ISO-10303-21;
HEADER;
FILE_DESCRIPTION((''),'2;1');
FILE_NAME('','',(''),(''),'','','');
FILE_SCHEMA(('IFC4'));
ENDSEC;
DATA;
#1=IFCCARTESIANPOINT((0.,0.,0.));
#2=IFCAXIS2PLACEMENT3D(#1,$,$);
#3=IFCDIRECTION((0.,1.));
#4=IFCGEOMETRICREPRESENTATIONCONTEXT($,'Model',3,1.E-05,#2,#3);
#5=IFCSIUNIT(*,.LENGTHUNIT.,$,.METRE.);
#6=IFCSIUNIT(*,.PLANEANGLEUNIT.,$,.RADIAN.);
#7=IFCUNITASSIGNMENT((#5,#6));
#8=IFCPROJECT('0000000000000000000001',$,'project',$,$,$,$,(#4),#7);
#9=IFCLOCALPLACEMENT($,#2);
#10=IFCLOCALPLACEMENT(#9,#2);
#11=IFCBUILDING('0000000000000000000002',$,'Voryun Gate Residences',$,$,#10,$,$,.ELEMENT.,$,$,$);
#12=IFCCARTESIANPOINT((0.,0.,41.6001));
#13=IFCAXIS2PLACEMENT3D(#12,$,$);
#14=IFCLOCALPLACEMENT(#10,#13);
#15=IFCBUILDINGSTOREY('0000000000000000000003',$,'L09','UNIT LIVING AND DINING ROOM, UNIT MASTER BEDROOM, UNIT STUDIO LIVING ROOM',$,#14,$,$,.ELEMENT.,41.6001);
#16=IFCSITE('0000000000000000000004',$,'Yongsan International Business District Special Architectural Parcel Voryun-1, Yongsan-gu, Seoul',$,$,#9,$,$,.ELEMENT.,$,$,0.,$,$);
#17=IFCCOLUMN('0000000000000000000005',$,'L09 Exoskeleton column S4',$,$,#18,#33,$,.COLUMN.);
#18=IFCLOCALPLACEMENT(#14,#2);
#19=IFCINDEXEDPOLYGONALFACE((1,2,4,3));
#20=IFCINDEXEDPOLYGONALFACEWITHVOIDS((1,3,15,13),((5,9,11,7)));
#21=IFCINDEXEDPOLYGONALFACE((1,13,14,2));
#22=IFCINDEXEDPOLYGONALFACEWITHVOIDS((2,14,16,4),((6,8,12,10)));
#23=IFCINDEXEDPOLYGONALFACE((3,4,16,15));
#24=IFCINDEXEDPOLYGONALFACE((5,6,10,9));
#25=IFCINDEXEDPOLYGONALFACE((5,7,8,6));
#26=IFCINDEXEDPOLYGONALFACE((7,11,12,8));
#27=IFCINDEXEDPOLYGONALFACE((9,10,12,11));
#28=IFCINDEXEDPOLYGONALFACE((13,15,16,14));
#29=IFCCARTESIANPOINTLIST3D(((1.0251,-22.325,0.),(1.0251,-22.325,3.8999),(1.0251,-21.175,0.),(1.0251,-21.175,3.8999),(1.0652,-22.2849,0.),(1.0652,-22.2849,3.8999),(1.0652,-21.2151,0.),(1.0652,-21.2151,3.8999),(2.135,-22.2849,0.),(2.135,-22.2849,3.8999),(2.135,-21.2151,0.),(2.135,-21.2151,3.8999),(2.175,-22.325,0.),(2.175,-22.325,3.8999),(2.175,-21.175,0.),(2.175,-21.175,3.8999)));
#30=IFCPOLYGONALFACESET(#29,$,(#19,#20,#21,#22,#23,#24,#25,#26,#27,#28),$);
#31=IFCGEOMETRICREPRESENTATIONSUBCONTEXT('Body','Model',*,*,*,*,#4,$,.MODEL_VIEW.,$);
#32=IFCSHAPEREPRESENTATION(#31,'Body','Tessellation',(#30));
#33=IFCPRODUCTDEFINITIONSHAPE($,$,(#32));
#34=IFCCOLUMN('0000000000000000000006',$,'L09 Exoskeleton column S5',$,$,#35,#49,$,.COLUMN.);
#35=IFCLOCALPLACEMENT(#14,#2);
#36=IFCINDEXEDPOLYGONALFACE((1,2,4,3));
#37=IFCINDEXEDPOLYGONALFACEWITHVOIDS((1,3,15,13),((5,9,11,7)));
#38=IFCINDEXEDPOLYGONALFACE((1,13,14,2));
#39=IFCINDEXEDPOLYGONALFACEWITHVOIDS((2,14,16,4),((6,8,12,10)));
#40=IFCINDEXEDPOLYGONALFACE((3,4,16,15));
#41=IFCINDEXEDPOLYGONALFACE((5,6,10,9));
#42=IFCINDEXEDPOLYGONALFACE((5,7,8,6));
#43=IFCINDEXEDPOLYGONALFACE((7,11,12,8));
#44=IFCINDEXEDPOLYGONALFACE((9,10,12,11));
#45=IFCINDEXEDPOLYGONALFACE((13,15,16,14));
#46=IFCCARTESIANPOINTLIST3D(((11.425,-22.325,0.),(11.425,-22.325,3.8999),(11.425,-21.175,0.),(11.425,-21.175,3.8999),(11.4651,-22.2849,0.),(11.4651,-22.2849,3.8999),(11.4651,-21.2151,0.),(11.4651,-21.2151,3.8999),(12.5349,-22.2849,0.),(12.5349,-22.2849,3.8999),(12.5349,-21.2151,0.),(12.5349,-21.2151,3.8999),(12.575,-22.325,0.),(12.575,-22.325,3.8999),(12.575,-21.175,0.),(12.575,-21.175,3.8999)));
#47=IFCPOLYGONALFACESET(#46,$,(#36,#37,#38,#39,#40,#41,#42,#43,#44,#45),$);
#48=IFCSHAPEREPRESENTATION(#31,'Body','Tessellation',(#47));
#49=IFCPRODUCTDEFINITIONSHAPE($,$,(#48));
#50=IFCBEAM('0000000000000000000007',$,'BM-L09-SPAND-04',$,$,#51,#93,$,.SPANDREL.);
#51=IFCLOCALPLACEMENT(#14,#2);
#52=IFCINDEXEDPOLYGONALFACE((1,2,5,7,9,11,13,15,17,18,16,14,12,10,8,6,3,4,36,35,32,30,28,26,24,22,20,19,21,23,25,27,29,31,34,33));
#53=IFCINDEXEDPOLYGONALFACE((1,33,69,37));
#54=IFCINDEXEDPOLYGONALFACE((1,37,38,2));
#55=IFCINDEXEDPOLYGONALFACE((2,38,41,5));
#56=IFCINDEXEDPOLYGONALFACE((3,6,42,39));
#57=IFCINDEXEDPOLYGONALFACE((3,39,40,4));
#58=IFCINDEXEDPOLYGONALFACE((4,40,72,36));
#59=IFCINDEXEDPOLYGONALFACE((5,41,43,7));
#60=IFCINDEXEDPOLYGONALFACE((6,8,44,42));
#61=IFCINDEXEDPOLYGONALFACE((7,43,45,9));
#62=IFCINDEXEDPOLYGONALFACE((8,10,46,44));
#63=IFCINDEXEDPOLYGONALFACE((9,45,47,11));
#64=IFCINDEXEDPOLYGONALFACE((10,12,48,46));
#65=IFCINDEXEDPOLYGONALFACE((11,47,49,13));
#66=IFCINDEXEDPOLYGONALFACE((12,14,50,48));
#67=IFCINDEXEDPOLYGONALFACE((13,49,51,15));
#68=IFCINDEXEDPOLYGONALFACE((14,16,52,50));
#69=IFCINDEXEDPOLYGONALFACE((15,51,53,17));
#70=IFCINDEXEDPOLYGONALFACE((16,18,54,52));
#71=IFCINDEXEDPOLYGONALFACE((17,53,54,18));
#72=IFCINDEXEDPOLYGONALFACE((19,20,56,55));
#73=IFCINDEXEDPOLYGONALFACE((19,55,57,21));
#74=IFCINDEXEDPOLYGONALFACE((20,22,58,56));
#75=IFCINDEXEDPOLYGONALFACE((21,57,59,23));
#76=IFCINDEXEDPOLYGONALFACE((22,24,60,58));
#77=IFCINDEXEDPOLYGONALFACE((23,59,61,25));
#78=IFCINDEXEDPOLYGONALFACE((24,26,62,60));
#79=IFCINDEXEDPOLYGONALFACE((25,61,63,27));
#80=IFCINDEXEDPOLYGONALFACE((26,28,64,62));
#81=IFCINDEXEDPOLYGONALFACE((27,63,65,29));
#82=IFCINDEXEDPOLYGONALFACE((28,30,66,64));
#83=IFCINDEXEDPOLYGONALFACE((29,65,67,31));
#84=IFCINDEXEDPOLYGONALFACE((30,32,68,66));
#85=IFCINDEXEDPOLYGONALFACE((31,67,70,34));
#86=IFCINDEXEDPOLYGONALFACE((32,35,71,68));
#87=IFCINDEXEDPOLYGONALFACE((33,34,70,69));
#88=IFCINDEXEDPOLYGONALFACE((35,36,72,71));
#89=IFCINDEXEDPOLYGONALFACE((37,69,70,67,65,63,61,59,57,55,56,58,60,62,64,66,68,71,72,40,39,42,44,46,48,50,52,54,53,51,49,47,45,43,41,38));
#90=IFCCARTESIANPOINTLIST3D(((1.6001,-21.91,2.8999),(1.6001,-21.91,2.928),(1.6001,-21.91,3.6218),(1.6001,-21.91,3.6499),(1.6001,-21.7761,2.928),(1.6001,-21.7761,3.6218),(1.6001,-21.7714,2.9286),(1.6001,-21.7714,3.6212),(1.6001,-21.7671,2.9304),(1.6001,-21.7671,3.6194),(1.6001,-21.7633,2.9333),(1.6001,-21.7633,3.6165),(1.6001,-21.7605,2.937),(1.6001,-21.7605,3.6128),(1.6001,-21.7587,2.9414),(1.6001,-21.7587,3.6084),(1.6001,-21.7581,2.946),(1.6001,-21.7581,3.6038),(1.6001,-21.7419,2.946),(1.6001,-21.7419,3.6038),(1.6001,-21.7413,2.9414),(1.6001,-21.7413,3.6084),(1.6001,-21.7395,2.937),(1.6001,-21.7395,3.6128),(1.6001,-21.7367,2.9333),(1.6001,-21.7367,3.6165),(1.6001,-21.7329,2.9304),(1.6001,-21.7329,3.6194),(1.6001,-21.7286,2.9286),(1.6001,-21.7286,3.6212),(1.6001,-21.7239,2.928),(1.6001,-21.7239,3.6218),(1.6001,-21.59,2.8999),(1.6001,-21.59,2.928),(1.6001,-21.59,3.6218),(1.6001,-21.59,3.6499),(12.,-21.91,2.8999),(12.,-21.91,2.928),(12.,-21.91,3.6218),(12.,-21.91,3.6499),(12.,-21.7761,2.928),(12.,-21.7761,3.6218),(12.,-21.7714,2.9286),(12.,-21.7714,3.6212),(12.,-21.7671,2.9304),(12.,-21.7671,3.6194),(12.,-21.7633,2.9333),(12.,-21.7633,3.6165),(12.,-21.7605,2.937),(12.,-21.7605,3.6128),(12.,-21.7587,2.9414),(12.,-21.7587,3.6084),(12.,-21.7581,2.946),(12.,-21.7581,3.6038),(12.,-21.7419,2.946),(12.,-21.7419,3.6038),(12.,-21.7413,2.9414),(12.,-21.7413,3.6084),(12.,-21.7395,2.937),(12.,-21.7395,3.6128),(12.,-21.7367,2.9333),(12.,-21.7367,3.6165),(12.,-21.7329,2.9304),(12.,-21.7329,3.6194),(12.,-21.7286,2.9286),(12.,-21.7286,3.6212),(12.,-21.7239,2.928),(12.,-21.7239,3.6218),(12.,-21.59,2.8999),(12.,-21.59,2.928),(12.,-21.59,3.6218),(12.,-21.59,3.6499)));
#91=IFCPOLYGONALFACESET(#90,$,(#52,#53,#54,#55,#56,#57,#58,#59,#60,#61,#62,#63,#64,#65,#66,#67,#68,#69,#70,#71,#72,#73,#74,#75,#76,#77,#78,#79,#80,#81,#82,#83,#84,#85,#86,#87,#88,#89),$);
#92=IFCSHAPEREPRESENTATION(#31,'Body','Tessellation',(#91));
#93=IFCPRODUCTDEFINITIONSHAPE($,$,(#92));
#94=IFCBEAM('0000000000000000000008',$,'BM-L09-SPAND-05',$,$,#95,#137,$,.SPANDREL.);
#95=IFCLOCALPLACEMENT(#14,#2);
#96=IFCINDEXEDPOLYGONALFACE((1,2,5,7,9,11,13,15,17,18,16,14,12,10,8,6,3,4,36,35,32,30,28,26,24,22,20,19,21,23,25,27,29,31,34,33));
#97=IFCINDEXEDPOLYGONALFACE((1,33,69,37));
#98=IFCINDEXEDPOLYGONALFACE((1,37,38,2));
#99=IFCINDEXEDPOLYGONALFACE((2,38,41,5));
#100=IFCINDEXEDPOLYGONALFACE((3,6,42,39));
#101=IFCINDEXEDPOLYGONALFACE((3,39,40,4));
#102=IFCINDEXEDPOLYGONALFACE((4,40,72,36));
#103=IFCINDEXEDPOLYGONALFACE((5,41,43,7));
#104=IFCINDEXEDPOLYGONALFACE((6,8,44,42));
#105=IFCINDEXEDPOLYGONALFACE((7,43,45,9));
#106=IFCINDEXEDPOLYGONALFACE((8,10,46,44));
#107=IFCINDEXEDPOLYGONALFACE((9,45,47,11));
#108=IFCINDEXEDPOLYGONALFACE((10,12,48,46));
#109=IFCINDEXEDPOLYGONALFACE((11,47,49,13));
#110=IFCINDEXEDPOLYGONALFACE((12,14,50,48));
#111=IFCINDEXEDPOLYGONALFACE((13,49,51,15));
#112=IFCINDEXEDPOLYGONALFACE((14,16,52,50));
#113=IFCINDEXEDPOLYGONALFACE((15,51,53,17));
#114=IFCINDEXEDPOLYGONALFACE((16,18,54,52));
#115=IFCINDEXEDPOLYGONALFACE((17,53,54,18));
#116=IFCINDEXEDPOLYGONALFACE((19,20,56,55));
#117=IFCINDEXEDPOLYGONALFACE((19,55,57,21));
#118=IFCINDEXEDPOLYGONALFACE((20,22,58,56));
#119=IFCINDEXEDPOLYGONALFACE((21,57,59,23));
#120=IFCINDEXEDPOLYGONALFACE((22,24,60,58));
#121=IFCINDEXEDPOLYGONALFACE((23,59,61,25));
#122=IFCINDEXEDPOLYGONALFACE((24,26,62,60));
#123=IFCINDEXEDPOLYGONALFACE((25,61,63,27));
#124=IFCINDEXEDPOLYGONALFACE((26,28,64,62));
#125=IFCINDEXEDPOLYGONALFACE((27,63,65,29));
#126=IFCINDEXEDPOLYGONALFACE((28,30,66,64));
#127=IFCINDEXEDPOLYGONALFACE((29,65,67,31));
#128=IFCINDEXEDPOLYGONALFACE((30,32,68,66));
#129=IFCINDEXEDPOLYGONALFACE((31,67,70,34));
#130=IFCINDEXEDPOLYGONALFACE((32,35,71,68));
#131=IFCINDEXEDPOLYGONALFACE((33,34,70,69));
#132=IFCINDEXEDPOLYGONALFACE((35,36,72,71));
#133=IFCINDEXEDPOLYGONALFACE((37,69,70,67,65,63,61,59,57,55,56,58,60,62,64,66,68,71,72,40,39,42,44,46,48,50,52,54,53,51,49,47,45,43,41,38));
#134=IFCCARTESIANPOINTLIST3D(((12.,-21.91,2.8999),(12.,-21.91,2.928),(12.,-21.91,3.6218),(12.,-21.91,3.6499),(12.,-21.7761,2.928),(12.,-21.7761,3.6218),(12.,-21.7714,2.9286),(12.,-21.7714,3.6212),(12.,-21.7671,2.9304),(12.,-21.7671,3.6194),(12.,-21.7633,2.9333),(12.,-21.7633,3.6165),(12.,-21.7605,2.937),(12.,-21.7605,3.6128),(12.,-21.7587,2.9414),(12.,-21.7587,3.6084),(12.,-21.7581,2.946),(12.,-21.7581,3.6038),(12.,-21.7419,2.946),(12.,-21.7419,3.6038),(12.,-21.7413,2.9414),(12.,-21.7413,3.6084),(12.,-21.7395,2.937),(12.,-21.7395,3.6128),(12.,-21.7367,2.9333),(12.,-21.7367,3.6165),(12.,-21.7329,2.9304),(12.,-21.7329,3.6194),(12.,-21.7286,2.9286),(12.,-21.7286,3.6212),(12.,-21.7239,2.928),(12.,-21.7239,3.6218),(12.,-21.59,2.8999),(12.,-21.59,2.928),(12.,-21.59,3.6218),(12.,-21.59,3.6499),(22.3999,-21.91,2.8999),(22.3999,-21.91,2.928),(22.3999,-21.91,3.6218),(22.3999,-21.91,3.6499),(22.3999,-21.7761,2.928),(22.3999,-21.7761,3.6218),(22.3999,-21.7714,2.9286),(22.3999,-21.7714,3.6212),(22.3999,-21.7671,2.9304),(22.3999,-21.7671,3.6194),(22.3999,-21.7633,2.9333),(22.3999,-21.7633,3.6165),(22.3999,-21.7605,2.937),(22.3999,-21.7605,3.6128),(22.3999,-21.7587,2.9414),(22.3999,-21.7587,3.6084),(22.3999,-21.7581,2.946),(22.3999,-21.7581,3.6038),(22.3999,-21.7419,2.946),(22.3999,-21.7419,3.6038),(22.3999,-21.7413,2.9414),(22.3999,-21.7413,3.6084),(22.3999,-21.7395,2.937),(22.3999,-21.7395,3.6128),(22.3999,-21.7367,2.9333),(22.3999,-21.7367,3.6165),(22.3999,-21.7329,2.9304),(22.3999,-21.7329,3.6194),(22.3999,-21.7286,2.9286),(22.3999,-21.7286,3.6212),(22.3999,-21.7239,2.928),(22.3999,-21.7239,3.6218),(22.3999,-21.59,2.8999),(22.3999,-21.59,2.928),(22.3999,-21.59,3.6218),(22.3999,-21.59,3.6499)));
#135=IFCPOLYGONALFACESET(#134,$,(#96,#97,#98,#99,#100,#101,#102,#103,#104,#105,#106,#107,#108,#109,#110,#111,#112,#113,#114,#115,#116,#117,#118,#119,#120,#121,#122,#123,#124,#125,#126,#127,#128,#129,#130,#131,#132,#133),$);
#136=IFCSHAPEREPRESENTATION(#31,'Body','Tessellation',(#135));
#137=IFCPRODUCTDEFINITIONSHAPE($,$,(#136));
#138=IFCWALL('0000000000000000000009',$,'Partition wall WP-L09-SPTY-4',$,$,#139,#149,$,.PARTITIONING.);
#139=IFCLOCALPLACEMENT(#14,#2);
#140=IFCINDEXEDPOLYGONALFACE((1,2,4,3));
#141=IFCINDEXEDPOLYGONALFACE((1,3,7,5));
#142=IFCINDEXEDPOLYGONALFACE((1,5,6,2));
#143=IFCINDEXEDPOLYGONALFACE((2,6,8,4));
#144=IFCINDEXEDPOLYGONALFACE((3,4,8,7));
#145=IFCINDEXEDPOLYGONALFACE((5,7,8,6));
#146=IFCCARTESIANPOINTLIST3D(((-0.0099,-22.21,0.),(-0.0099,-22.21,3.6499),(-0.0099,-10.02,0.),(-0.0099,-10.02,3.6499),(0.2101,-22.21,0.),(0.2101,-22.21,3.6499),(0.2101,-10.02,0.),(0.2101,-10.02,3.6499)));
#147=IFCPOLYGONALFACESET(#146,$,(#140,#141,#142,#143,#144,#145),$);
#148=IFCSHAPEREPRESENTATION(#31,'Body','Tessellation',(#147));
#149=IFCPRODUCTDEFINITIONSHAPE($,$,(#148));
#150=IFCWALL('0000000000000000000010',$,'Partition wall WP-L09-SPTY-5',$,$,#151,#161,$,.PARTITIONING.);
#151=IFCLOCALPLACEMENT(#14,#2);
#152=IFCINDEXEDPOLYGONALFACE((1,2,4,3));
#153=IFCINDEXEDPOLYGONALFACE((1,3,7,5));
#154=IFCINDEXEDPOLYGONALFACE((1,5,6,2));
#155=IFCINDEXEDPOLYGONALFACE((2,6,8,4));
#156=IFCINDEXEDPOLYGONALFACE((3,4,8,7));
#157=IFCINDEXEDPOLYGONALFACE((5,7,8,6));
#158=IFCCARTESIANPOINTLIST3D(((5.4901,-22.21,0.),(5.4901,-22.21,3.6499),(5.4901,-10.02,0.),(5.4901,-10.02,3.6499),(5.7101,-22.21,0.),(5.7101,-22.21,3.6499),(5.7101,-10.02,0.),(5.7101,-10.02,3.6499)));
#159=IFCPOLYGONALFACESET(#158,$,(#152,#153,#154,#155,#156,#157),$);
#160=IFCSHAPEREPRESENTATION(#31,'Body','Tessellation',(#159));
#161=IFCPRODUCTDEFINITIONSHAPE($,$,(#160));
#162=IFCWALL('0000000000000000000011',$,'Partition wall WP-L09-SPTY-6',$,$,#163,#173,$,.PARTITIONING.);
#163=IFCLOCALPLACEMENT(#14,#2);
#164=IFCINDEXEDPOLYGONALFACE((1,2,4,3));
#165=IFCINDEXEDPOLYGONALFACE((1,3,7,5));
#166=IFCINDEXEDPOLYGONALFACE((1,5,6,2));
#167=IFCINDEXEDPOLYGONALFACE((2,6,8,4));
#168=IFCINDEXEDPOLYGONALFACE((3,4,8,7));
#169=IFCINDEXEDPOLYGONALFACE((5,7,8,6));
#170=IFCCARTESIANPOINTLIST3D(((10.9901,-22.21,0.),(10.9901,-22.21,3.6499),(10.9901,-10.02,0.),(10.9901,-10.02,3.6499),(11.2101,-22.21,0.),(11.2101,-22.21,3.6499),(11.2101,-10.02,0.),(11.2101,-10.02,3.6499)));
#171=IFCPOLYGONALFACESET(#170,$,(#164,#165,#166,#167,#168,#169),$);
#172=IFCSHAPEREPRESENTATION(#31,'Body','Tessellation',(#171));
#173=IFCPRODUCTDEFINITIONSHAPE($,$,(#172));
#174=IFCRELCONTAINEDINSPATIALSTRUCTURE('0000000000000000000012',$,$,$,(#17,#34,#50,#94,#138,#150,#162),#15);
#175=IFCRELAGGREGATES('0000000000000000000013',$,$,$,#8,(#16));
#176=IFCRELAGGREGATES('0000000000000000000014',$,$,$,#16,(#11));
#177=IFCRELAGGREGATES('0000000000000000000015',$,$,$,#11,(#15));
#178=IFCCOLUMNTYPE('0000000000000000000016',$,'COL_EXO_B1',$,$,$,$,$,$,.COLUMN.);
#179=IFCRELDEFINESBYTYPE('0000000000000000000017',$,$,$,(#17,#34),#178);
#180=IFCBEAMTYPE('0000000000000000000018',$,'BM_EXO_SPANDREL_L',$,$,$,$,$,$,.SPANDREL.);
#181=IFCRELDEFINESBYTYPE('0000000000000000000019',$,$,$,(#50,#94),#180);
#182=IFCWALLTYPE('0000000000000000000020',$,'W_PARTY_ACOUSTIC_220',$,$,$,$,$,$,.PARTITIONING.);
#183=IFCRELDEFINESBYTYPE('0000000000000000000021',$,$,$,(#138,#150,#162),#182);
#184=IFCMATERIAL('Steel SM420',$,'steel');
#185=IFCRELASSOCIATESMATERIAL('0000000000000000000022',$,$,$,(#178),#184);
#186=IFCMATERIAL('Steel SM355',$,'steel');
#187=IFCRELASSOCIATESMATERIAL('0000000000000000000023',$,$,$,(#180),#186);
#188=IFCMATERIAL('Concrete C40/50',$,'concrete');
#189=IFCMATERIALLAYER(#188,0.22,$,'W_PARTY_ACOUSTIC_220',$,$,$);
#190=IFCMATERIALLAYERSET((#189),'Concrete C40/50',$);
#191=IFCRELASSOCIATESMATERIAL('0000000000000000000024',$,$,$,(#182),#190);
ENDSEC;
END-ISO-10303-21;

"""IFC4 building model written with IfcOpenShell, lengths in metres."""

from ifc_helpers import new_model, si_unit, direction, frame, frame_2d, origin, origin_2d, place, context, subcontext, project, spatial, rectangle, hollow_rectangle, i_section, extrude, material, layer, layer_set, material_profile, profile_set, type_object, element, save


model = new_model("IFC4")

# Units and contexts
model_context = context("Model", 3, precision=1e-05, world=origin(), true_north=direction((0.0, 1.0)))
body_context = subcontext(model_context, "Body", "Model", "MODEL_VIEW")
ifc_project = project(units=[si_unit("LENGTHUNIT", "METRE"), si_unit("PLANEANGLEUNIT", "RADIAN")], contexts=[model_context])

# Site, building, storey
site_placement = place(None, origin())
site = spatial("IfcSite", under=ifc_project, at=site_placement, Name="Yongsan International Business District Special Architectural Parcel Voryun-1, Yongsan-gu, Seoul", CompositionType="ELEMENT", RefElevation=0.0)
building_placement = place(site_placement, origin())
building = spatial("IfcBuilding", under=site, at=building_placement, Name="Voryun Gate Residences", CompositionType="ELEMENT")
storey_placement = place(building_placement, frame((0.0, 0.0, 41.6001)))
storey = spatial("IfcBuildingStorey", under=building, at=storey_placement, Name="L09", Description="UNIT LIVING AND DINING ROOM, UNIT MASTER BEDROOM, UNIT STUDIO LIVING ROOM", CompositionType="ELEMENT", Elevation=41.6001)

# Columns
ifc_material_1 = material(Name="Steel SM420", Category="steel")
ifc_material_profile_1 = material_profile(ifc_material_1, hollow_rectangle(XDim=1.1499, YDim=1.1499, WallThickness=0.04, at=origin_2d()), Name="BOX-1150x1150x40")
ifc_profile_set_1 = profile_set([ifc_material_profile_1], Name="Steel SM420")
column_type = type_object("IfcColumnType", Name="COL_EXO_B1", PredefinedType="COLUMN", material=ifc_profile_set_1)
for number, where, z_axis, x_axis, name in (
    (1, (1.6001, -21.75, 0.0), (0.0, 0.0, 1.0), (1.0, 0.0, 0.0), "L09 Exoskeleton column S4"),
    (2, (12.0, -21.75, 0.0), (0.0, 0.0, 1.0), (1.0, 0.0, 0.0), "L09 Exoskeleton column S5"),
):
    element("IfcColumn", number, at=place(storey_placement, frame(where, z_axis=z_axis, x_axis=x_axis)), inside=storey, type_object=column_type, Name=name, PredefinedType="COLUMN", context=body_context, shape_type="SweptSolid", body=[
        extrude(hollow_rectangle(XDim=1.1499, YDim=1.1499, WallThickness=0.04, at=origin_2d()), origin(), (0.0, 0.0, 1.0), 3.8999),
    ])

# Beams
ifc_material_2 = material(Name="Steel SM355", Category="steel")
ifc_material_profile_2 = material_profile(ifc_material_2, i_section(OverallWidth=0.3201, OverallDepth=0.75, WebThickness=0.0161, FlangeThickness=0.0281, FilletRadius=0.0181, at=origin_2d()), Name="H-750x320x16x28")
ifc_profile_set_2 = profile_set([ifc_material_profile_2], Name="Steel SM355")
beam_type = type_object("IfcBeamType", Name="BM_EXO_SPANDREL_L", PredefinedType="SPANDREL", material=ifc_profile_set_2)
for number, where, z_axis, x_axis, name in (
    (3, (1.6001, -21.75, 3.2749), (1.0, 0.0, 0.0), (0.0, 1.0, 0.0), "BM-L09-SPAND-04"),
    (4, (12.0, -21.75, 3.2749), (1.0, 0.0, 0.0), (0.0, 1.0, 0.0), "BM-L09-SPAND-05"),
):
    element("IfcBeam", number, at=place(storey_placement, frame(where, z_axis=z_axis, x_axis=x_axis)), inside=storey, type_object=beam_type, Name=name, PredefinedType="SPANDREL", context=body_context, shape_type="SweptSolid", body=[
        extrude(i_section(OverallWidth=0.3201, OverallDepth=0.75, WebThickness=0.0161, FlangeThickness=0.0281, FilletRadius=0.0181, at=origin_2d()), origin(), (0.0, 0.0, 1.0), 10.3999),
    ])

# Walls
ifc_material_3 = material(Name="Concrete C40/50", Category="concrete")
ifc_layer_1 = layer(ifc_material_3, 0.22, Name="W_PARTY_ACOUSTIC_220")
ifc_layer_set_1 = layer_set([ifc_layer_1], Name="Concrete C40/50")
wall_type_1 = type_object("IfcWallType", Name="W_PARTY_ACOUSTIC_220", PredefinedType="PARTITIONING", material=ifc_layer_set_1)
for number, where, z_axis, x_axis, name in (
    (5, (0.1001, -22.21, 0.0), (0.0, 0.0, 1.0), (0.0, 1.0, 0.0), "Partition wall WP-L09-SPTY-4"),
    (6, (5.6001, -22.21, 0.0), (0.0, 0.0, 1.0), (0.0, 1.0, 0.0), "Partition wall WP-L09-SPTY-5"),
    (7, (11.1001, -22.21, 0.0), (0.0, 0.0, 1.0), (0.0, 1.0, 0.0), "Partition wall WP-L09-SPTY-6"),
):
    element("IfcWall", number, at=place(storey_placement, frame(where, z_axis=z_axis, x_axis=x_axis)), inside=storey, type_object=wall_type_1, Name=name, PredefinedType="PARTITIONING", context=body_context, shape_type="SweptSolid", body=[
        extrude(rectangle(XDim=12.1899, YDim=0.22, at=frame_2d((6.095, 0.0))), origin(), (0.0, 0.0, 1.0), 3.6499),
    ])

save(model, "model.ifc")
